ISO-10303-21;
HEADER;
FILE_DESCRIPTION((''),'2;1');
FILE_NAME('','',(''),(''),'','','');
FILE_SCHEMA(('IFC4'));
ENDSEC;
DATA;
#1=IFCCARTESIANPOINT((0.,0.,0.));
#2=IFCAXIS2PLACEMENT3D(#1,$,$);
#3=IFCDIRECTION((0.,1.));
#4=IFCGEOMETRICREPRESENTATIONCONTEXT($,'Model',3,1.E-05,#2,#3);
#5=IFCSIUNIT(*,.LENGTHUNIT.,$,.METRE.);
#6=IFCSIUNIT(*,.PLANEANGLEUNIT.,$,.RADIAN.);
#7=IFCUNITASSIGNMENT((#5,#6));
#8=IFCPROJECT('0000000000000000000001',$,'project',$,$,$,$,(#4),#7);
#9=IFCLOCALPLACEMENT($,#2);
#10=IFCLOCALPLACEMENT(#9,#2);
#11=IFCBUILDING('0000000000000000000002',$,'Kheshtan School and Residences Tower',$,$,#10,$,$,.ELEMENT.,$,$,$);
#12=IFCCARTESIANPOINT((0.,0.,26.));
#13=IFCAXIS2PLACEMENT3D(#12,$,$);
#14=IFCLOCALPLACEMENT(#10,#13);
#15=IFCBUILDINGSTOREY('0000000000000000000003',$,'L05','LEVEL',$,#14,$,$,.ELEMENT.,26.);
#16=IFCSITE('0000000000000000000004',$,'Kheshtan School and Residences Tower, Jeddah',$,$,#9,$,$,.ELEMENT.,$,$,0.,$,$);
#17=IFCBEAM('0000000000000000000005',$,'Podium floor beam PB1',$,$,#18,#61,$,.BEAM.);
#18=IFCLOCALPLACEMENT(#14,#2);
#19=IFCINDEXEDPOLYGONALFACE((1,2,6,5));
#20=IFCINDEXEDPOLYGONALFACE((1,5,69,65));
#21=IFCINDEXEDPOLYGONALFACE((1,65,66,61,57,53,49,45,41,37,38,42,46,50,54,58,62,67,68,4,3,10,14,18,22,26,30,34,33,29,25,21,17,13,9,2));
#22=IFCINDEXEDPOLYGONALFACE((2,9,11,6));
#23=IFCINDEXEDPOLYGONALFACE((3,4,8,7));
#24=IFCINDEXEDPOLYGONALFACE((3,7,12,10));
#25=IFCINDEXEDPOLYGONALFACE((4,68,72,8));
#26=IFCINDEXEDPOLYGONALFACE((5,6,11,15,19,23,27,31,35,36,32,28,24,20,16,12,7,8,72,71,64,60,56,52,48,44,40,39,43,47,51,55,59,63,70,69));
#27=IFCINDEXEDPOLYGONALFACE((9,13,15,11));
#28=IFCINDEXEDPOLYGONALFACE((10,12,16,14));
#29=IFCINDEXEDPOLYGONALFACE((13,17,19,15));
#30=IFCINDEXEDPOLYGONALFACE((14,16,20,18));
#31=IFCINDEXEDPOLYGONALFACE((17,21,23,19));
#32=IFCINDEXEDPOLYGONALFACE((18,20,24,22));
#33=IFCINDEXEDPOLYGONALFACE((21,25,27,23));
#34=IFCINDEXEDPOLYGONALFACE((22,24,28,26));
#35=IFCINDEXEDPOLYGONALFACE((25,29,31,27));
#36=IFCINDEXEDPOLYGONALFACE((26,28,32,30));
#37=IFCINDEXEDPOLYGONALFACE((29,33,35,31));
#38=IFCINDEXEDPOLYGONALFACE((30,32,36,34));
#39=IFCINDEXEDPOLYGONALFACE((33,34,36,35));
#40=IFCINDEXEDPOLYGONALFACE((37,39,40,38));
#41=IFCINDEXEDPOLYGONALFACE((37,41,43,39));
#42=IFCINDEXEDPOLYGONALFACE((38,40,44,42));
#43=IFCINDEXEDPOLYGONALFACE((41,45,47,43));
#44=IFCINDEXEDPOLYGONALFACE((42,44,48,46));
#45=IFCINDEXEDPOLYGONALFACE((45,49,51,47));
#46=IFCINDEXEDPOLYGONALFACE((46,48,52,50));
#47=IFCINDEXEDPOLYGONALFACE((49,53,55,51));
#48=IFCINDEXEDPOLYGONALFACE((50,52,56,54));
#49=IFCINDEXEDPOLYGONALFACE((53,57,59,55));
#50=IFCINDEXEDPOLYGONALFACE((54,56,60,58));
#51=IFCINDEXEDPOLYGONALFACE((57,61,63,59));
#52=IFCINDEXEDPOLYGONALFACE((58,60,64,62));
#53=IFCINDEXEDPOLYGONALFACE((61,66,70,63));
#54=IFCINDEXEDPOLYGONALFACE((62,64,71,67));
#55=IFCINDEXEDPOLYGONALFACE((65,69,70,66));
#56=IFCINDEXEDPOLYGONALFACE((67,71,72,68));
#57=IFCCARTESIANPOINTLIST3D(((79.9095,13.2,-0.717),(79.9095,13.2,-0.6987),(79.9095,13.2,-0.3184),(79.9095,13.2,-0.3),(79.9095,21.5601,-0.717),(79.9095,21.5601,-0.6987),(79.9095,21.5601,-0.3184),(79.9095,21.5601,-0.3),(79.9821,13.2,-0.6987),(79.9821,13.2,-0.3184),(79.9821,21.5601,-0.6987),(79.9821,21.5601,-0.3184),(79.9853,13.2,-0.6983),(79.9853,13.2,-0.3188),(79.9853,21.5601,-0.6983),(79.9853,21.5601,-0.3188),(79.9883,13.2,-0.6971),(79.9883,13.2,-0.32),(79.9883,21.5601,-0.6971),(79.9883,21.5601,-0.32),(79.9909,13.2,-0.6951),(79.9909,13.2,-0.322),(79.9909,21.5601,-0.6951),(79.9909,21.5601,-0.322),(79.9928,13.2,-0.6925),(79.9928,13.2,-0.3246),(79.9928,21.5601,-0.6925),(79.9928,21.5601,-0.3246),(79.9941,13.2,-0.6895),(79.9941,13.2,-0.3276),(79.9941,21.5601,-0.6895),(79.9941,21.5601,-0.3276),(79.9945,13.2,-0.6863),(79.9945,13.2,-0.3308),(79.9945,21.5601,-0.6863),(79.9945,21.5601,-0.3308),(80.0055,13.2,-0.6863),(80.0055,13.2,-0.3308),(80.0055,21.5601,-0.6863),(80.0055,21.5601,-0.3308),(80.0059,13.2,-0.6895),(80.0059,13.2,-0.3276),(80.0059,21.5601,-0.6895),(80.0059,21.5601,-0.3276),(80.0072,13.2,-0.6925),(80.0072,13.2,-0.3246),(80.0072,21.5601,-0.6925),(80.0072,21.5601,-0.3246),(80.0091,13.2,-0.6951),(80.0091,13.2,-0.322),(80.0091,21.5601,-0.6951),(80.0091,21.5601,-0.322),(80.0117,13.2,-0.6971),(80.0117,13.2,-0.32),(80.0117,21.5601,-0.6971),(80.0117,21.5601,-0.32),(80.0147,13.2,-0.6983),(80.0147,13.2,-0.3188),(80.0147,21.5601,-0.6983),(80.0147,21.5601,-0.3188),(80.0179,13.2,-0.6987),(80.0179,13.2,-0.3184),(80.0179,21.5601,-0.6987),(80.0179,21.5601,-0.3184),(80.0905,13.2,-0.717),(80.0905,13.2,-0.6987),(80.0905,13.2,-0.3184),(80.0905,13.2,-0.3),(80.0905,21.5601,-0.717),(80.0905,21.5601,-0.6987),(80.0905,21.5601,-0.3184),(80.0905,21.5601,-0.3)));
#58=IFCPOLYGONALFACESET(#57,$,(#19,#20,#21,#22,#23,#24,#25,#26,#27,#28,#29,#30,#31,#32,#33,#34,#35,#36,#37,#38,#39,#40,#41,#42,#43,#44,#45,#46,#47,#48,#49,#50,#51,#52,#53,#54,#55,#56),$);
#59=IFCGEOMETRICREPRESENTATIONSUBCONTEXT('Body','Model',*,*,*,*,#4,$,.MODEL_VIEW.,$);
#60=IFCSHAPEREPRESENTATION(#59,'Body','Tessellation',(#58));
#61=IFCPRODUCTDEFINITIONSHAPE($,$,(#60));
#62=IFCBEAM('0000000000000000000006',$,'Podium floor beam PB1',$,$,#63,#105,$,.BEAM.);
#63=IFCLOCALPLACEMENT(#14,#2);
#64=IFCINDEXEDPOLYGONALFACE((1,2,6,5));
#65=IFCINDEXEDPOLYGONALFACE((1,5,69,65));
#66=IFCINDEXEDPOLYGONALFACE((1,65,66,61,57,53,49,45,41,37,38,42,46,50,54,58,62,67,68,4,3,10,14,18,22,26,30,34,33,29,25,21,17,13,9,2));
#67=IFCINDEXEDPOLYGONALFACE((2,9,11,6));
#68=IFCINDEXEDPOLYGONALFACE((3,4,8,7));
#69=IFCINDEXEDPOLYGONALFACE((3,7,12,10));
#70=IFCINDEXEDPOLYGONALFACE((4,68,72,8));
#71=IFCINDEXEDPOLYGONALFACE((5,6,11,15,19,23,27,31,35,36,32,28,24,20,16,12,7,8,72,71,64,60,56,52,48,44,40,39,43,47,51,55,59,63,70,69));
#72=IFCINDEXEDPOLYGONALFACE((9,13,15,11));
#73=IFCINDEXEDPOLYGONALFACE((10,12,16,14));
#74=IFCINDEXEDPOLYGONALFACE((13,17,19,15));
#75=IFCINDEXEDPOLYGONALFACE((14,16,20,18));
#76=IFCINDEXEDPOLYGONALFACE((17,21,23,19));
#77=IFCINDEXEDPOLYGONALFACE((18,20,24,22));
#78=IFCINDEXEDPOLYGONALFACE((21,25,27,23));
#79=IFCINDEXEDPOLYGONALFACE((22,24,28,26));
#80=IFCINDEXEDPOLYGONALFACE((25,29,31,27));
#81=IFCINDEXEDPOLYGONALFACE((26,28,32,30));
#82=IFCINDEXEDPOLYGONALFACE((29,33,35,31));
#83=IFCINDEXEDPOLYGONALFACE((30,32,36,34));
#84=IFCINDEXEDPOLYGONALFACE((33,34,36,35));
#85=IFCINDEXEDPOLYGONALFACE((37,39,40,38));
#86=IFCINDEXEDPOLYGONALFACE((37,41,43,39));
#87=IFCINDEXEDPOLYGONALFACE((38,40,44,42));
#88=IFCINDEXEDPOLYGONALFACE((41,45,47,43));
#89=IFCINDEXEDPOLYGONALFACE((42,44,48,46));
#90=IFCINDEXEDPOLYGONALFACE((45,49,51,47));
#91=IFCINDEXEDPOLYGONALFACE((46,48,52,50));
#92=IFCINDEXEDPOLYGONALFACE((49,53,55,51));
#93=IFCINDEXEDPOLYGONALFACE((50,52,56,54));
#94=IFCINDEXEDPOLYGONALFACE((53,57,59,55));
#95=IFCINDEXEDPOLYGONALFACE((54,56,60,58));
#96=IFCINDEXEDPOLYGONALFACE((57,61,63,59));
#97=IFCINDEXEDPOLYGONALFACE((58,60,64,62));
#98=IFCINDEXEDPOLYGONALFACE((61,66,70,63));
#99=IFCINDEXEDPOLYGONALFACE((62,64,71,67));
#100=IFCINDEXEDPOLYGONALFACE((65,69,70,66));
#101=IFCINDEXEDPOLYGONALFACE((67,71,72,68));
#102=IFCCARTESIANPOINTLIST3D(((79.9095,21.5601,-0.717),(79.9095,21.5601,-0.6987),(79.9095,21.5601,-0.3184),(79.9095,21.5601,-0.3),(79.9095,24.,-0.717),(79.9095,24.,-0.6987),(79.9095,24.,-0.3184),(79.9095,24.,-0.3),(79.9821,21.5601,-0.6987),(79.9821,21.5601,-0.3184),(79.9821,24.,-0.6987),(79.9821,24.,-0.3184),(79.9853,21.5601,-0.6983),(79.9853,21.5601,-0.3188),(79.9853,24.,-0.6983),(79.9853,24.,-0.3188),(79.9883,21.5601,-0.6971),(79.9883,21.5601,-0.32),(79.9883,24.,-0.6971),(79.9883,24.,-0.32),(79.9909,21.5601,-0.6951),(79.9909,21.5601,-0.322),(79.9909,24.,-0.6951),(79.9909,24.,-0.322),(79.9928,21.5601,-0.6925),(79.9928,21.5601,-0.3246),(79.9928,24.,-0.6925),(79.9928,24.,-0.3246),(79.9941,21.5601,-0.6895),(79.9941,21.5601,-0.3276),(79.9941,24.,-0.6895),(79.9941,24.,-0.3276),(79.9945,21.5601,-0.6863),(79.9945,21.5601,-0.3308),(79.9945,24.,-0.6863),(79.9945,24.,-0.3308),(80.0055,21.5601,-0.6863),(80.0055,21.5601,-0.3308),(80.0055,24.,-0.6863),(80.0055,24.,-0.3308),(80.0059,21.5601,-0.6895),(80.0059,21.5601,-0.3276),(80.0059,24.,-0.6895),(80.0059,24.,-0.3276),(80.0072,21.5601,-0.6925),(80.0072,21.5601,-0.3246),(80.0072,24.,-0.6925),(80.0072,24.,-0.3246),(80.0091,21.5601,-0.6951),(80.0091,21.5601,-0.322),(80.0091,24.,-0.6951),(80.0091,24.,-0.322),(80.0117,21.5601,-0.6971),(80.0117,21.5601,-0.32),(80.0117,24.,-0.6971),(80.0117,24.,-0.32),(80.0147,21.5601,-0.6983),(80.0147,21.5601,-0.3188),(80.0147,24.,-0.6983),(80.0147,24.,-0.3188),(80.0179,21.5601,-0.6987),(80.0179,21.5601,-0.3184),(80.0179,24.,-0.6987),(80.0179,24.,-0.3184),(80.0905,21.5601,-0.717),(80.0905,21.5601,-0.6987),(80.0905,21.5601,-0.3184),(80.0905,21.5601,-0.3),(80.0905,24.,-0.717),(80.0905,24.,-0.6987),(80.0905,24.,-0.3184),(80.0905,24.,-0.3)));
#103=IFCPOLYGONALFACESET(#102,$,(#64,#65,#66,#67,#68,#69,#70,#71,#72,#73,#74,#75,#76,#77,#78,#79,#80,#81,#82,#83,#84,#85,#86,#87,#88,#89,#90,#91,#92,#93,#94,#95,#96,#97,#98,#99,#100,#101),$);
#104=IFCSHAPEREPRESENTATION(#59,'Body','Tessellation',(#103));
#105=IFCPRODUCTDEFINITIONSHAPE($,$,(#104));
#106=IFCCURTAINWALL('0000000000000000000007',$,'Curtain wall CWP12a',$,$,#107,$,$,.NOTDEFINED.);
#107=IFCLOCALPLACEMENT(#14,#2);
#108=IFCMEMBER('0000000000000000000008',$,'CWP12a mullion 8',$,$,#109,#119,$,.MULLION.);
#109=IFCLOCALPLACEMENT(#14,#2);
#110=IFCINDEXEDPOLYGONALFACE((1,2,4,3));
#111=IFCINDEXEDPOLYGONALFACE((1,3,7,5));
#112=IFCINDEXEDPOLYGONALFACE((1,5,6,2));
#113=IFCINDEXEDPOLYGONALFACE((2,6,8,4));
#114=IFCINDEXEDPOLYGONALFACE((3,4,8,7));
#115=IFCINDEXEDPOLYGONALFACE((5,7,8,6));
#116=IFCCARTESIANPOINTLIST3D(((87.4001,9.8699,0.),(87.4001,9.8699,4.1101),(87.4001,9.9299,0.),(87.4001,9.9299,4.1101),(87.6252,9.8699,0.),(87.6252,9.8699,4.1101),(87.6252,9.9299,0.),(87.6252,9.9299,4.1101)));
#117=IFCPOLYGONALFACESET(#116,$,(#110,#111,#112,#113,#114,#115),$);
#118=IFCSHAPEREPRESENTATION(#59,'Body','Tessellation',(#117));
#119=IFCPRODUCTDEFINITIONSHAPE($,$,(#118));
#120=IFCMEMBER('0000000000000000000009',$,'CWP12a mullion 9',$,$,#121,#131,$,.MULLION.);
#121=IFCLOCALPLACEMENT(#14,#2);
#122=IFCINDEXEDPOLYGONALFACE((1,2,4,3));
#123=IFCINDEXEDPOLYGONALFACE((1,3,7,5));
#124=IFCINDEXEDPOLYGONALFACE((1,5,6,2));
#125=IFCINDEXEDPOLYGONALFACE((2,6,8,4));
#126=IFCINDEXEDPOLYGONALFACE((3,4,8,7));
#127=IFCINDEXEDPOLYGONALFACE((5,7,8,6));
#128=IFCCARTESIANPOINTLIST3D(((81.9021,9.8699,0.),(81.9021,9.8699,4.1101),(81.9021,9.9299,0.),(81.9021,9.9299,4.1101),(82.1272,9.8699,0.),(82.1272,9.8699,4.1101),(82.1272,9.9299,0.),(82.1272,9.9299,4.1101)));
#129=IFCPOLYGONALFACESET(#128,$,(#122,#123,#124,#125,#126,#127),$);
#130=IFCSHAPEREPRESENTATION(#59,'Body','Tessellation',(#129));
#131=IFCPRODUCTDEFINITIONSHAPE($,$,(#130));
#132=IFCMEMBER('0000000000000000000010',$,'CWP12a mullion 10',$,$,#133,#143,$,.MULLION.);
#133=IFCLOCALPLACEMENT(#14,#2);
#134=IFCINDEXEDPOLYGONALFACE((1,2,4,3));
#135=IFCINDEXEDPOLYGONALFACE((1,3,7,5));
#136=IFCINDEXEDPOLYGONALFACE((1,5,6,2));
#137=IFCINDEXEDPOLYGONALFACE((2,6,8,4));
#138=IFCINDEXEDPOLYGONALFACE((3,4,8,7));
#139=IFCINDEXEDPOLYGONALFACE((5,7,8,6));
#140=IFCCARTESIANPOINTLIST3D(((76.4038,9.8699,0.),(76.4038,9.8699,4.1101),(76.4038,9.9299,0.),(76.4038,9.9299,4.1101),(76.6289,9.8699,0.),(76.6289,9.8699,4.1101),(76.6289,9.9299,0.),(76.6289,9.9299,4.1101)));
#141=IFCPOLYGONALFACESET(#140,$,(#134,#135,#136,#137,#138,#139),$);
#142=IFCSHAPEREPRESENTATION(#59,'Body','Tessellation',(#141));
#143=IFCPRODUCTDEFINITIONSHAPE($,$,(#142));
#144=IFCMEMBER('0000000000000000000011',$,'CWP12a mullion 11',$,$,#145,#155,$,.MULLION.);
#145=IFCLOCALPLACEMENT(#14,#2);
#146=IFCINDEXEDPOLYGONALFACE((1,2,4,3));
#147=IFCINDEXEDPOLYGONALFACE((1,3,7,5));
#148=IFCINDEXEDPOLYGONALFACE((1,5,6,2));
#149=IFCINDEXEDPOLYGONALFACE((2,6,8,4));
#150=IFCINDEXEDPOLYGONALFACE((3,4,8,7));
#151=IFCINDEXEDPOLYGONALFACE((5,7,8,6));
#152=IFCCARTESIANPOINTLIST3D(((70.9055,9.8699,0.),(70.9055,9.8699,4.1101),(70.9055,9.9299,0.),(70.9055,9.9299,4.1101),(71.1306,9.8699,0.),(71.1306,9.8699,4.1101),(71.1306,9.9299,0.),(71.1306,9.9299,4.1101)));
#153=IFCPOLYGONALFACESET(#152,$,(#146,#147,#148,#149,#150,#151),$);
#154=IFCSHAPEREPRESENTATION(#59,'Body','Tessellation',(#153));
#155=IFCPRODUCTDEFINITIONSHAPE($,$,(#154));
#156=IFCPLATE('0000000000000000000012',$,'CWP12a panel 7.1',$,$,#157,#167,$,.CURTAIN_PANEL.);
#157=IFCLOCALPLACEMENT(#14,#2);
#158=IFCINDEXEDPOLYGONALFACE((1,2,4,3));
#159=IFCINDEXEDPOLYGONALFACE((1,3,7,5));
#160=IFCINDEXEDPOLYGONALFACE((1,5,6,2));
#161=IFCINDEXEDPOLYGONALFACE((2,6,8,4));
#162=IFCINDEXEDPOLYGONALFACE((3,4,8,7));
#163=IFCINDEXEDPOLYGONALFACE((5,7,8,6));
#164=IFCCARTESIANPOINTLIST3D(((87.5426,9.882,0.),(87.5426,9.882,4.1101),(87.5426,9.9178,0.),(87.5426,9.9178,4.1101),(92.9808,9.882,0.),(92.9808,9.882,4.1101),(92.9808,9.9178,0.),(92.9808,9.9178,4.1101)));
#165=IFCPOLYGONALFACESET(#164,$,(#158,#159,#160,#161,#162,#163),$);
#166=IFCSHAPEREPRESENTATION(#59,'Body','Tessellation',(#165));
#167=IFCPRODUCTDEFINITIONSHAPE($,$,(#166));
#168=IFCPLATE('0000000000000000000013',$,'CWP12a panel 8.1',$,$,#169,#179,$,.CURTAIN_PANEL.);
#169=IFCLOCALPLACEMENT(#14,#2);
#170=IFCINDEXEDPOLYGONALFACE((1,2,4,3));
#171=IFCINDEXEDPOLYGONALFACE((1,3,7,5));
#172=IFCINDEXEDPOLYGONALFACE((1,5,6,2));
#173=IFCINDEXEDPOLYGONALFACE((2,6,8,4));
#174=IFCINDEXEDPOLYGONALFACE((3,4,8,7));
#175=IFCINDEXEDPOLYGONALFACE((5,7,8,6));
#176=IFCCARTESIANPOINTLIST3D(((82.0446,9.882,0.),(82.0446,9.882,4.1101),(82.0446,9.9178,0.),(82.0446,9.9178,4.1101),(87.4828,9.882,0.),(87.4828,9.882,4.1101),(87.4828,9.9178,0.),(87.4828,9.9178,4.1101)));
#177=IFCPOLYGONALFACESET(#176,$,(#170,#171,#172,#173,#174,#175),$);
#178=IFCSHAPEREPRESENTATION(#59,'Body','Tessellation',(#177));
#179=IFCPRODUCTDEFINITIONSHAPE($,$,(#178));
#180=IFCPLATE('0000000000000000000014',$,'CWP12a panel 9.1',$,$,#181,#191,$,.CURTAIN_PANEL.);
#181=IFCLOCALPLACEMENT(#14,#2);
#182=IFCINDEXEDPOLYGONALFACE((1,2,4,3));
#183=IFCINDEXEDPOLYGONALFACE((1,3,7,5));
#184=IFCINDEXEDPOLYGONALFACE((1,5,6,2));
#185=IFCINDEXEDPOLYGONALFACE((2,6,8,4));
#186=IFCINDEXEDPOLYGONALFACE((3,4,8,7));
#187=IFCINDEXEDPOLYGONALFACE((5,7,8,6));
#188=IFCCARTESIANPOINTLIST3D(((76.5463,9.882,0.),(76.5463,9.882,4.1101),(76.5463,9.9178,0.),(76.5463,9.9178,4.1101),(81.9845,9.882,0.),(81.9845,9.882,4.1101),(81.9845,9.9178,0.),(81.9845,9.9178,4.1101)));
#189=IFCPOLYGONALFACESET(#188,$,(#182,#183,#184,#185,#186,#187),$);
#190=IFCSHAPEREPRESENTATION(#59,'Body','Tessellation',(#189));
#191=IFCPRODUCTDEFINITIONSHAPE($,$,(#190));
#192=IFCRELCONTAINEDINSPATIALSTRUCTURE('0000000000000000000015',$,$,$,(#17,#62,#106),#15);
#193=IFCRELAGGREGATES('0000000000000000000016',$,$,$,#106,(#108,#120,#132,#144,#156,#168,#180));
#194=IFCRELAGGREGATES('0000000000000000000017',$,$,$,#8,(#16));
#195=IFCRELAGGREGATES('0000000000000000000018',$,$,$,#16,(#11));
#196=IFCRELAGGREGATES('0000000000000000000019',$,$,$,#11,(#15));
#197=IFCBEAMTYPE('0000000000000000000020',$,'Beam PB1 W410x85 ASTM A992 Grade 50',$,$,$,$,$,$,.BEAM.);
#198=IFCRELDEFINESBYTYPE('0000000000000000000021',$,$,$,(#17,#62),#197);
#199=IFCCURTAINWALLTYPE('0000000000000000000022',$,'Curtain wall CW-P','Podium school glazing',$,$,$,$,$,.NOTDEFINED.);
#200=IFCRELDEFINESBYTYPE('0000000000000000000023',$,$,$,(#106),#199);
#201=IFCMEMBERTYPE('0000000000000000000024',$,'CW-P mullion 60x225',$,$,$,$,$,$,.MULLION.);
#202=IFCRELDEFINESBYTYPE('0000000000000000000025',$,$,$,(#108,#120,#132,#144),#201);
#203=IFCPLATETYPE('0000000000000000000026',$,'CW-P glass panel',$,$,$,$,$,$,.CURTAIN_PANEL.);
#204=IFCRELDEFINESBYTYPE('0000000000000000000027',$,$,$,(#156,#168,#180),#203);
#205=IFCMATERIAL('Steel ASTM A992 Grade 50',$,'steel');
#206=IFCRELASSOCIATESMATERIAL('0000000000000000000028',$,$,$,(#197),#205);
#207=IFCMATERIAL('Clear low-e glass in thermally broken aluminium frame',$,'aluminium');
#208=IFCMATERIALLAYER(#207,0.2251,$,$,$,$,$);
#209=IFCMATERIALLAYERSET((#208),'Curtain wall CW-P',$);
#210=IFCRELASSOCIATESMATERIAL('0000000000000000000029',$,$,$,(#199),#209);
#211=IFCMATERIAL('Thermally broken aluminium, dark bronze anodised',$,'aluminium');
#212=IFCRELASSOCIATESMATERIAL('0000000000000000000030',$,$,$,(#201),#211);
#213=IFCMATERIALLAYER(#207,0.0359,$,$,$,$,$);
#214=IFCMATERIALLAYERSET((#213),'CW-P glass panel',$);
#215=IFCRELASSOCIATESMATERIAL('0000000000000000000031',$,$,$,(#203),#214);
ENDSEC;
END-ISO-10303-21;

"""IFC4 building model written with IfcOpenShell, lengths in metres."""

from ifc_helpers import new_model, si_unit, direction, frame, origin, origin_2d, place, context, subcontext, project, spatial, rectangle, i_section, extrude, material, layer, layer_set, material_profile, profile_set, type_object, element, aggregate, save


model = new_model("IFC4")

# Units and contexts
model_context = context("Model", 3, precision=1e-05, world=origin(), true_north=direction((0.0, 1.0)))
body_context = subcontext(model_context, "Body", "Model", "MODEL_VIEW")
ifc_project = project(units=[si_unit("LENGTHUNIT", "METRE"), si_unit("PLANEANGLEUNIT", "RADIAN")], contexts=[model_context])

# Site, building, storey
site_placement = place(None, origin())
site = spatial("IfcSite", under=ifc_project, at=site_placement, Name="Kheshtan School and Residences Tower, Jeddah", CompositionType="ELEMENT", RefElevation=0.0)
building_placement = place(site_placement, origin())
building = spatial("IfcBuilding", under=site, at=building_placement, Name="Kheshtan School and Residences Tower", CompositionType="ELEMENT")
storey_placement = place(building_placement, frame((0.0, 0.0, 26.0)))
storey = spatial("IfcBuildingStorey", under=building, at=storey_placement, Name="L05", Description="LEVEL", CompositionType="ELEMENT", Elevation=26.0)

# Shared definitions
ifc_material_1 = material(Name="Steel ASTM A992 Grade 50", Category="steel")

# Beams
ifc_material_profile_1 = material_profile(ifc_material_1, i_section(OverallWidth=0.1809, OverallDepth=0.417, WebThickness=0.011, FlangeThickness=0.0183, FilletRadius=0.0125, at=origin_2d()), Name="W410x85")
ifc_profile_set_1 = profile_set([ifc_material_profile_1], Name="Steel ASTM A992 Grade 50")
beam_type = type_object("IfcBeamType", Name="Beam PB1 W410x85 ASTM A992 Grade 50", PredefinedType="BEAM", material=ifc_profile_set_1)
beam_1_placement = place(storey_placement, frame((80.0, 13.2, -0.5085), z_axis=(0.0, 1.0, 0.0), x_axis=(-1.0, 0.0, 0.0)))
element("IfcBeam", 1, at=beam_1_placement, inside=storey, type_object=beam_type, Name="Podium floor beam PB1", PredefinedType="BEAM", context=body_context, shape_type="SweptSolid", body=[
    extrude(i_section(OverallWidth=0.1809, OverallDepth=0.417, WebThickness=0.011, FlangeThickness=0.0183, FilletRadius=0.0125, at=origin_2d()), origin(), (0.0, 0.0, 1.0), 8.3601),
])
beam_2_placement = place(storey_placement, frame((80.0, 21.5601, -0.5085), z_axis=(0.0, 1.0, 0.0), x_axis=(-1.0, 0.0, 0.0)))
element("IfcBeam", 2, at=beam_2_placement, inside=storey, type_object=beam_type, Name="Podium floor beam PB1", PredefinedType="BEAM", context=body_context, shape_type="SweptSolid", body=[
    extrude(i_section(OverallWidth=0.1809, OverallDepth=0.417, WebThickness=0.011, FlangeThickness=0.0183, FilletRadius=0.0125, at=origin_2d()), origin(), (0.0, 0.0, 1.0), 2.4399),
])

# Curtain wall, members, plates
ifc_material_2 = material(Name="Clear low-e glass in thermally broken aluminium frame", Category="aluminium")
ifc_layer_1 = layer(ifc_material_2, 0.2251)
ifc_layer_set_1 = layer_set([ifc_layer_1], Name="Curtain wall CW-P")
curtain_wall_type = type_object("IfcCurtainWallType", Name="Curtain wall CW-P", Description="Podium school glazing", PredefinedType="NOTDEFINED", material=ifc_layer_set_1)
curtain_wall_placement = place(storey_placement, origin())
curtain_wall = element("IfcCurtainWall", 3, at=curtain_wall_placement, inside=storey, type_object=curtain_wall_type, Name="Curtain wall CWP12a", PredefinedType="NOTDEFINED")
ifc_material_3 = material(Name="Thermally broken aluminium, dark bronze anodised", Category="aluminium")
ifc_material_profile_2 = material_profile(ifc_material_3, rectangle(XDim=0.0601, YDim=0.2251, at=origin_2d()), Name="CW-P mullion 60x225")
ifc_profile_set_2 = profile_set([ifc_material_profile_2], Name="Thermally broken aluminium, dark bronze anodised")
member_type = type_object("IfcMemberType", Name="CW-P mullion 60x225", PredefinedType="MULLION", material=ifc_profile_set_2)
member_1_placement = place(storey_placement, frame((87.5127, 9.8999, 0.0), z_axis=(0.0, 0.0, 1.0), x_axis=(0.0, -1.0, 0.0)))
member_1 = element("IfcMember", 4, at=member_1_placement, type_object=member_type, Name="CWP12a mullion 8", PredefinedType="MULLION", context=body_context, shape_type="SweptSolid", body=[
    extrude(rectangle(XDim=0.0601, YDim=0.2251, at=origin_2d()), origin(), (0.0, 0.0, 1.0), 4.1101),
])
member_2_placement = place(storey_placement, frame((82.0146, 9.8999, 0.0), z_axis=(0.0, 0.0, 1.0), x_axis=(0.0, -1.0, 0.0)))
member_2 = element("IfcMember", 5, at=member_2_placement, type_object=member_type, Name="CWP12a mullion 9", PredefinedType="MULLION", context=body_context, shape_type="SweptSolid", body=[
    extrude(rectangle(XDim=0.0601, YDim=0.2251, at=origin_2d()), origin(), (0.0, 0.0, 1.0), 4.1101),
])
member_3_placement = place(storey_placement, frame((76.5164, 9.8999, 0.0), z_axis=(0.0, 0.0, 1.0), x_axis=(0.0, -1.0, 0.0)))
member_3 = element("IfcMember", 6, at=member_3_placement, type_object=member_type, Name="CWP12a mullion 10", PredefinedType="MULLION", context=body_context, shape_type="SweptSolid", body=[
    extrude(rectangle(XDim=0.0601, YDim=0.2251, at=origin_2d()), origin(), (0.0, 0.0, 1.0), 4.1101),
])
member_4_placement = place(storey_placement, frame((71.0181, 9.8999, 0.0), z_axis=(0.0, 0.0, 1.0), x_axis=(0.0, -1.0, 0.0)))
member_4 = element("IfcMember", 7, at=member_4_placement, type_object=member_type, Name="CWP12a mullion 11", PredefinedType="MULLION", context=body_context, shape_type="SweptSolid", body=[
    extrude(rectangle(XDim=0.0601, YDim=0.2251, at=origin_2d()), origin(), (0.0, 0.0, 1.0), 4.1101),
])
ifc_layer_2 = layer(ifc_material_2, 0.0359)
ifc_layer_set_2 = layer_set([ifc_layer_2], Name="CW-P glass panel")
plate_type = type_object("IfcPlateType", Name="CW-P glass panel", PredefinedType="CURTAIN_PANEL", material=ifc_layer_set_2)
plate_1_placement = place(storey_placement, frame((90.2617, 9.8999, 0.0), z_axis=(0.0, 0.0, 1.0), x_axis=(-1.0, 0.0, 0.0)))
plate_1 = element("IfcPlate", 8, at=plate_1_placement, type_object=plate_type, Name="CWP12a panel 7.1", PredefinedType="CURTAIN_PANEL", context=body_context, shape_type="SweptSolid", body=[
    extrude(rectangle(XDim=5.4382, YDim=0.0359, at=origin_2d()), origin(), (0.0, 0.0, 1.0), 4.1101),
])
plate_2_placement = place(storey_placement, frame((84.7637, 9.8999, 0.0), z_axis=(0.0, 0.0, 1.0), x_axis=(-1.0, 0.0, 0.0)))
plate_2 = element("IfcPlate", 9, at=plate_2_placement, type_object=plate_type, Name="CWP12a panel 8.1", PredefinedType="CURTAIN_PANEL", context=body_context, shape_type="SweptSolid", body=[
    extrude(rectangle(XDim=5.4382, YDim=0.0359, at=origin_2d()), origin(), (0.0, 0.0, 1.0), 4.1101),
])
plate_3_placement = place(storey_placement, frame((79.2654, 9.8999, 0.0), z_axis=(0.0, 0.0, 1.0), x_axis=(-1.0, 0.0, 0.0)))
plate_3 = element("IfcPlate", 10, at=plate_3_placement, type_object=plate_type, Name="CWP12a panel 9.1", PredefinedType="CURTAIN_PANEL", context=body_context, shape_type="SweptSolid", body=[
    extrude(rectangle(XDim=5.4382, YDim=0.0359, at=origin_2d()), origin(), (0.0, 0.0, 1.0), 4.1101),
])
aggregate(curtain_wall, [member_1, member_2, member_3, member_4, plate_1, plate_2, plate_3])

save(model, "model.ifc")
